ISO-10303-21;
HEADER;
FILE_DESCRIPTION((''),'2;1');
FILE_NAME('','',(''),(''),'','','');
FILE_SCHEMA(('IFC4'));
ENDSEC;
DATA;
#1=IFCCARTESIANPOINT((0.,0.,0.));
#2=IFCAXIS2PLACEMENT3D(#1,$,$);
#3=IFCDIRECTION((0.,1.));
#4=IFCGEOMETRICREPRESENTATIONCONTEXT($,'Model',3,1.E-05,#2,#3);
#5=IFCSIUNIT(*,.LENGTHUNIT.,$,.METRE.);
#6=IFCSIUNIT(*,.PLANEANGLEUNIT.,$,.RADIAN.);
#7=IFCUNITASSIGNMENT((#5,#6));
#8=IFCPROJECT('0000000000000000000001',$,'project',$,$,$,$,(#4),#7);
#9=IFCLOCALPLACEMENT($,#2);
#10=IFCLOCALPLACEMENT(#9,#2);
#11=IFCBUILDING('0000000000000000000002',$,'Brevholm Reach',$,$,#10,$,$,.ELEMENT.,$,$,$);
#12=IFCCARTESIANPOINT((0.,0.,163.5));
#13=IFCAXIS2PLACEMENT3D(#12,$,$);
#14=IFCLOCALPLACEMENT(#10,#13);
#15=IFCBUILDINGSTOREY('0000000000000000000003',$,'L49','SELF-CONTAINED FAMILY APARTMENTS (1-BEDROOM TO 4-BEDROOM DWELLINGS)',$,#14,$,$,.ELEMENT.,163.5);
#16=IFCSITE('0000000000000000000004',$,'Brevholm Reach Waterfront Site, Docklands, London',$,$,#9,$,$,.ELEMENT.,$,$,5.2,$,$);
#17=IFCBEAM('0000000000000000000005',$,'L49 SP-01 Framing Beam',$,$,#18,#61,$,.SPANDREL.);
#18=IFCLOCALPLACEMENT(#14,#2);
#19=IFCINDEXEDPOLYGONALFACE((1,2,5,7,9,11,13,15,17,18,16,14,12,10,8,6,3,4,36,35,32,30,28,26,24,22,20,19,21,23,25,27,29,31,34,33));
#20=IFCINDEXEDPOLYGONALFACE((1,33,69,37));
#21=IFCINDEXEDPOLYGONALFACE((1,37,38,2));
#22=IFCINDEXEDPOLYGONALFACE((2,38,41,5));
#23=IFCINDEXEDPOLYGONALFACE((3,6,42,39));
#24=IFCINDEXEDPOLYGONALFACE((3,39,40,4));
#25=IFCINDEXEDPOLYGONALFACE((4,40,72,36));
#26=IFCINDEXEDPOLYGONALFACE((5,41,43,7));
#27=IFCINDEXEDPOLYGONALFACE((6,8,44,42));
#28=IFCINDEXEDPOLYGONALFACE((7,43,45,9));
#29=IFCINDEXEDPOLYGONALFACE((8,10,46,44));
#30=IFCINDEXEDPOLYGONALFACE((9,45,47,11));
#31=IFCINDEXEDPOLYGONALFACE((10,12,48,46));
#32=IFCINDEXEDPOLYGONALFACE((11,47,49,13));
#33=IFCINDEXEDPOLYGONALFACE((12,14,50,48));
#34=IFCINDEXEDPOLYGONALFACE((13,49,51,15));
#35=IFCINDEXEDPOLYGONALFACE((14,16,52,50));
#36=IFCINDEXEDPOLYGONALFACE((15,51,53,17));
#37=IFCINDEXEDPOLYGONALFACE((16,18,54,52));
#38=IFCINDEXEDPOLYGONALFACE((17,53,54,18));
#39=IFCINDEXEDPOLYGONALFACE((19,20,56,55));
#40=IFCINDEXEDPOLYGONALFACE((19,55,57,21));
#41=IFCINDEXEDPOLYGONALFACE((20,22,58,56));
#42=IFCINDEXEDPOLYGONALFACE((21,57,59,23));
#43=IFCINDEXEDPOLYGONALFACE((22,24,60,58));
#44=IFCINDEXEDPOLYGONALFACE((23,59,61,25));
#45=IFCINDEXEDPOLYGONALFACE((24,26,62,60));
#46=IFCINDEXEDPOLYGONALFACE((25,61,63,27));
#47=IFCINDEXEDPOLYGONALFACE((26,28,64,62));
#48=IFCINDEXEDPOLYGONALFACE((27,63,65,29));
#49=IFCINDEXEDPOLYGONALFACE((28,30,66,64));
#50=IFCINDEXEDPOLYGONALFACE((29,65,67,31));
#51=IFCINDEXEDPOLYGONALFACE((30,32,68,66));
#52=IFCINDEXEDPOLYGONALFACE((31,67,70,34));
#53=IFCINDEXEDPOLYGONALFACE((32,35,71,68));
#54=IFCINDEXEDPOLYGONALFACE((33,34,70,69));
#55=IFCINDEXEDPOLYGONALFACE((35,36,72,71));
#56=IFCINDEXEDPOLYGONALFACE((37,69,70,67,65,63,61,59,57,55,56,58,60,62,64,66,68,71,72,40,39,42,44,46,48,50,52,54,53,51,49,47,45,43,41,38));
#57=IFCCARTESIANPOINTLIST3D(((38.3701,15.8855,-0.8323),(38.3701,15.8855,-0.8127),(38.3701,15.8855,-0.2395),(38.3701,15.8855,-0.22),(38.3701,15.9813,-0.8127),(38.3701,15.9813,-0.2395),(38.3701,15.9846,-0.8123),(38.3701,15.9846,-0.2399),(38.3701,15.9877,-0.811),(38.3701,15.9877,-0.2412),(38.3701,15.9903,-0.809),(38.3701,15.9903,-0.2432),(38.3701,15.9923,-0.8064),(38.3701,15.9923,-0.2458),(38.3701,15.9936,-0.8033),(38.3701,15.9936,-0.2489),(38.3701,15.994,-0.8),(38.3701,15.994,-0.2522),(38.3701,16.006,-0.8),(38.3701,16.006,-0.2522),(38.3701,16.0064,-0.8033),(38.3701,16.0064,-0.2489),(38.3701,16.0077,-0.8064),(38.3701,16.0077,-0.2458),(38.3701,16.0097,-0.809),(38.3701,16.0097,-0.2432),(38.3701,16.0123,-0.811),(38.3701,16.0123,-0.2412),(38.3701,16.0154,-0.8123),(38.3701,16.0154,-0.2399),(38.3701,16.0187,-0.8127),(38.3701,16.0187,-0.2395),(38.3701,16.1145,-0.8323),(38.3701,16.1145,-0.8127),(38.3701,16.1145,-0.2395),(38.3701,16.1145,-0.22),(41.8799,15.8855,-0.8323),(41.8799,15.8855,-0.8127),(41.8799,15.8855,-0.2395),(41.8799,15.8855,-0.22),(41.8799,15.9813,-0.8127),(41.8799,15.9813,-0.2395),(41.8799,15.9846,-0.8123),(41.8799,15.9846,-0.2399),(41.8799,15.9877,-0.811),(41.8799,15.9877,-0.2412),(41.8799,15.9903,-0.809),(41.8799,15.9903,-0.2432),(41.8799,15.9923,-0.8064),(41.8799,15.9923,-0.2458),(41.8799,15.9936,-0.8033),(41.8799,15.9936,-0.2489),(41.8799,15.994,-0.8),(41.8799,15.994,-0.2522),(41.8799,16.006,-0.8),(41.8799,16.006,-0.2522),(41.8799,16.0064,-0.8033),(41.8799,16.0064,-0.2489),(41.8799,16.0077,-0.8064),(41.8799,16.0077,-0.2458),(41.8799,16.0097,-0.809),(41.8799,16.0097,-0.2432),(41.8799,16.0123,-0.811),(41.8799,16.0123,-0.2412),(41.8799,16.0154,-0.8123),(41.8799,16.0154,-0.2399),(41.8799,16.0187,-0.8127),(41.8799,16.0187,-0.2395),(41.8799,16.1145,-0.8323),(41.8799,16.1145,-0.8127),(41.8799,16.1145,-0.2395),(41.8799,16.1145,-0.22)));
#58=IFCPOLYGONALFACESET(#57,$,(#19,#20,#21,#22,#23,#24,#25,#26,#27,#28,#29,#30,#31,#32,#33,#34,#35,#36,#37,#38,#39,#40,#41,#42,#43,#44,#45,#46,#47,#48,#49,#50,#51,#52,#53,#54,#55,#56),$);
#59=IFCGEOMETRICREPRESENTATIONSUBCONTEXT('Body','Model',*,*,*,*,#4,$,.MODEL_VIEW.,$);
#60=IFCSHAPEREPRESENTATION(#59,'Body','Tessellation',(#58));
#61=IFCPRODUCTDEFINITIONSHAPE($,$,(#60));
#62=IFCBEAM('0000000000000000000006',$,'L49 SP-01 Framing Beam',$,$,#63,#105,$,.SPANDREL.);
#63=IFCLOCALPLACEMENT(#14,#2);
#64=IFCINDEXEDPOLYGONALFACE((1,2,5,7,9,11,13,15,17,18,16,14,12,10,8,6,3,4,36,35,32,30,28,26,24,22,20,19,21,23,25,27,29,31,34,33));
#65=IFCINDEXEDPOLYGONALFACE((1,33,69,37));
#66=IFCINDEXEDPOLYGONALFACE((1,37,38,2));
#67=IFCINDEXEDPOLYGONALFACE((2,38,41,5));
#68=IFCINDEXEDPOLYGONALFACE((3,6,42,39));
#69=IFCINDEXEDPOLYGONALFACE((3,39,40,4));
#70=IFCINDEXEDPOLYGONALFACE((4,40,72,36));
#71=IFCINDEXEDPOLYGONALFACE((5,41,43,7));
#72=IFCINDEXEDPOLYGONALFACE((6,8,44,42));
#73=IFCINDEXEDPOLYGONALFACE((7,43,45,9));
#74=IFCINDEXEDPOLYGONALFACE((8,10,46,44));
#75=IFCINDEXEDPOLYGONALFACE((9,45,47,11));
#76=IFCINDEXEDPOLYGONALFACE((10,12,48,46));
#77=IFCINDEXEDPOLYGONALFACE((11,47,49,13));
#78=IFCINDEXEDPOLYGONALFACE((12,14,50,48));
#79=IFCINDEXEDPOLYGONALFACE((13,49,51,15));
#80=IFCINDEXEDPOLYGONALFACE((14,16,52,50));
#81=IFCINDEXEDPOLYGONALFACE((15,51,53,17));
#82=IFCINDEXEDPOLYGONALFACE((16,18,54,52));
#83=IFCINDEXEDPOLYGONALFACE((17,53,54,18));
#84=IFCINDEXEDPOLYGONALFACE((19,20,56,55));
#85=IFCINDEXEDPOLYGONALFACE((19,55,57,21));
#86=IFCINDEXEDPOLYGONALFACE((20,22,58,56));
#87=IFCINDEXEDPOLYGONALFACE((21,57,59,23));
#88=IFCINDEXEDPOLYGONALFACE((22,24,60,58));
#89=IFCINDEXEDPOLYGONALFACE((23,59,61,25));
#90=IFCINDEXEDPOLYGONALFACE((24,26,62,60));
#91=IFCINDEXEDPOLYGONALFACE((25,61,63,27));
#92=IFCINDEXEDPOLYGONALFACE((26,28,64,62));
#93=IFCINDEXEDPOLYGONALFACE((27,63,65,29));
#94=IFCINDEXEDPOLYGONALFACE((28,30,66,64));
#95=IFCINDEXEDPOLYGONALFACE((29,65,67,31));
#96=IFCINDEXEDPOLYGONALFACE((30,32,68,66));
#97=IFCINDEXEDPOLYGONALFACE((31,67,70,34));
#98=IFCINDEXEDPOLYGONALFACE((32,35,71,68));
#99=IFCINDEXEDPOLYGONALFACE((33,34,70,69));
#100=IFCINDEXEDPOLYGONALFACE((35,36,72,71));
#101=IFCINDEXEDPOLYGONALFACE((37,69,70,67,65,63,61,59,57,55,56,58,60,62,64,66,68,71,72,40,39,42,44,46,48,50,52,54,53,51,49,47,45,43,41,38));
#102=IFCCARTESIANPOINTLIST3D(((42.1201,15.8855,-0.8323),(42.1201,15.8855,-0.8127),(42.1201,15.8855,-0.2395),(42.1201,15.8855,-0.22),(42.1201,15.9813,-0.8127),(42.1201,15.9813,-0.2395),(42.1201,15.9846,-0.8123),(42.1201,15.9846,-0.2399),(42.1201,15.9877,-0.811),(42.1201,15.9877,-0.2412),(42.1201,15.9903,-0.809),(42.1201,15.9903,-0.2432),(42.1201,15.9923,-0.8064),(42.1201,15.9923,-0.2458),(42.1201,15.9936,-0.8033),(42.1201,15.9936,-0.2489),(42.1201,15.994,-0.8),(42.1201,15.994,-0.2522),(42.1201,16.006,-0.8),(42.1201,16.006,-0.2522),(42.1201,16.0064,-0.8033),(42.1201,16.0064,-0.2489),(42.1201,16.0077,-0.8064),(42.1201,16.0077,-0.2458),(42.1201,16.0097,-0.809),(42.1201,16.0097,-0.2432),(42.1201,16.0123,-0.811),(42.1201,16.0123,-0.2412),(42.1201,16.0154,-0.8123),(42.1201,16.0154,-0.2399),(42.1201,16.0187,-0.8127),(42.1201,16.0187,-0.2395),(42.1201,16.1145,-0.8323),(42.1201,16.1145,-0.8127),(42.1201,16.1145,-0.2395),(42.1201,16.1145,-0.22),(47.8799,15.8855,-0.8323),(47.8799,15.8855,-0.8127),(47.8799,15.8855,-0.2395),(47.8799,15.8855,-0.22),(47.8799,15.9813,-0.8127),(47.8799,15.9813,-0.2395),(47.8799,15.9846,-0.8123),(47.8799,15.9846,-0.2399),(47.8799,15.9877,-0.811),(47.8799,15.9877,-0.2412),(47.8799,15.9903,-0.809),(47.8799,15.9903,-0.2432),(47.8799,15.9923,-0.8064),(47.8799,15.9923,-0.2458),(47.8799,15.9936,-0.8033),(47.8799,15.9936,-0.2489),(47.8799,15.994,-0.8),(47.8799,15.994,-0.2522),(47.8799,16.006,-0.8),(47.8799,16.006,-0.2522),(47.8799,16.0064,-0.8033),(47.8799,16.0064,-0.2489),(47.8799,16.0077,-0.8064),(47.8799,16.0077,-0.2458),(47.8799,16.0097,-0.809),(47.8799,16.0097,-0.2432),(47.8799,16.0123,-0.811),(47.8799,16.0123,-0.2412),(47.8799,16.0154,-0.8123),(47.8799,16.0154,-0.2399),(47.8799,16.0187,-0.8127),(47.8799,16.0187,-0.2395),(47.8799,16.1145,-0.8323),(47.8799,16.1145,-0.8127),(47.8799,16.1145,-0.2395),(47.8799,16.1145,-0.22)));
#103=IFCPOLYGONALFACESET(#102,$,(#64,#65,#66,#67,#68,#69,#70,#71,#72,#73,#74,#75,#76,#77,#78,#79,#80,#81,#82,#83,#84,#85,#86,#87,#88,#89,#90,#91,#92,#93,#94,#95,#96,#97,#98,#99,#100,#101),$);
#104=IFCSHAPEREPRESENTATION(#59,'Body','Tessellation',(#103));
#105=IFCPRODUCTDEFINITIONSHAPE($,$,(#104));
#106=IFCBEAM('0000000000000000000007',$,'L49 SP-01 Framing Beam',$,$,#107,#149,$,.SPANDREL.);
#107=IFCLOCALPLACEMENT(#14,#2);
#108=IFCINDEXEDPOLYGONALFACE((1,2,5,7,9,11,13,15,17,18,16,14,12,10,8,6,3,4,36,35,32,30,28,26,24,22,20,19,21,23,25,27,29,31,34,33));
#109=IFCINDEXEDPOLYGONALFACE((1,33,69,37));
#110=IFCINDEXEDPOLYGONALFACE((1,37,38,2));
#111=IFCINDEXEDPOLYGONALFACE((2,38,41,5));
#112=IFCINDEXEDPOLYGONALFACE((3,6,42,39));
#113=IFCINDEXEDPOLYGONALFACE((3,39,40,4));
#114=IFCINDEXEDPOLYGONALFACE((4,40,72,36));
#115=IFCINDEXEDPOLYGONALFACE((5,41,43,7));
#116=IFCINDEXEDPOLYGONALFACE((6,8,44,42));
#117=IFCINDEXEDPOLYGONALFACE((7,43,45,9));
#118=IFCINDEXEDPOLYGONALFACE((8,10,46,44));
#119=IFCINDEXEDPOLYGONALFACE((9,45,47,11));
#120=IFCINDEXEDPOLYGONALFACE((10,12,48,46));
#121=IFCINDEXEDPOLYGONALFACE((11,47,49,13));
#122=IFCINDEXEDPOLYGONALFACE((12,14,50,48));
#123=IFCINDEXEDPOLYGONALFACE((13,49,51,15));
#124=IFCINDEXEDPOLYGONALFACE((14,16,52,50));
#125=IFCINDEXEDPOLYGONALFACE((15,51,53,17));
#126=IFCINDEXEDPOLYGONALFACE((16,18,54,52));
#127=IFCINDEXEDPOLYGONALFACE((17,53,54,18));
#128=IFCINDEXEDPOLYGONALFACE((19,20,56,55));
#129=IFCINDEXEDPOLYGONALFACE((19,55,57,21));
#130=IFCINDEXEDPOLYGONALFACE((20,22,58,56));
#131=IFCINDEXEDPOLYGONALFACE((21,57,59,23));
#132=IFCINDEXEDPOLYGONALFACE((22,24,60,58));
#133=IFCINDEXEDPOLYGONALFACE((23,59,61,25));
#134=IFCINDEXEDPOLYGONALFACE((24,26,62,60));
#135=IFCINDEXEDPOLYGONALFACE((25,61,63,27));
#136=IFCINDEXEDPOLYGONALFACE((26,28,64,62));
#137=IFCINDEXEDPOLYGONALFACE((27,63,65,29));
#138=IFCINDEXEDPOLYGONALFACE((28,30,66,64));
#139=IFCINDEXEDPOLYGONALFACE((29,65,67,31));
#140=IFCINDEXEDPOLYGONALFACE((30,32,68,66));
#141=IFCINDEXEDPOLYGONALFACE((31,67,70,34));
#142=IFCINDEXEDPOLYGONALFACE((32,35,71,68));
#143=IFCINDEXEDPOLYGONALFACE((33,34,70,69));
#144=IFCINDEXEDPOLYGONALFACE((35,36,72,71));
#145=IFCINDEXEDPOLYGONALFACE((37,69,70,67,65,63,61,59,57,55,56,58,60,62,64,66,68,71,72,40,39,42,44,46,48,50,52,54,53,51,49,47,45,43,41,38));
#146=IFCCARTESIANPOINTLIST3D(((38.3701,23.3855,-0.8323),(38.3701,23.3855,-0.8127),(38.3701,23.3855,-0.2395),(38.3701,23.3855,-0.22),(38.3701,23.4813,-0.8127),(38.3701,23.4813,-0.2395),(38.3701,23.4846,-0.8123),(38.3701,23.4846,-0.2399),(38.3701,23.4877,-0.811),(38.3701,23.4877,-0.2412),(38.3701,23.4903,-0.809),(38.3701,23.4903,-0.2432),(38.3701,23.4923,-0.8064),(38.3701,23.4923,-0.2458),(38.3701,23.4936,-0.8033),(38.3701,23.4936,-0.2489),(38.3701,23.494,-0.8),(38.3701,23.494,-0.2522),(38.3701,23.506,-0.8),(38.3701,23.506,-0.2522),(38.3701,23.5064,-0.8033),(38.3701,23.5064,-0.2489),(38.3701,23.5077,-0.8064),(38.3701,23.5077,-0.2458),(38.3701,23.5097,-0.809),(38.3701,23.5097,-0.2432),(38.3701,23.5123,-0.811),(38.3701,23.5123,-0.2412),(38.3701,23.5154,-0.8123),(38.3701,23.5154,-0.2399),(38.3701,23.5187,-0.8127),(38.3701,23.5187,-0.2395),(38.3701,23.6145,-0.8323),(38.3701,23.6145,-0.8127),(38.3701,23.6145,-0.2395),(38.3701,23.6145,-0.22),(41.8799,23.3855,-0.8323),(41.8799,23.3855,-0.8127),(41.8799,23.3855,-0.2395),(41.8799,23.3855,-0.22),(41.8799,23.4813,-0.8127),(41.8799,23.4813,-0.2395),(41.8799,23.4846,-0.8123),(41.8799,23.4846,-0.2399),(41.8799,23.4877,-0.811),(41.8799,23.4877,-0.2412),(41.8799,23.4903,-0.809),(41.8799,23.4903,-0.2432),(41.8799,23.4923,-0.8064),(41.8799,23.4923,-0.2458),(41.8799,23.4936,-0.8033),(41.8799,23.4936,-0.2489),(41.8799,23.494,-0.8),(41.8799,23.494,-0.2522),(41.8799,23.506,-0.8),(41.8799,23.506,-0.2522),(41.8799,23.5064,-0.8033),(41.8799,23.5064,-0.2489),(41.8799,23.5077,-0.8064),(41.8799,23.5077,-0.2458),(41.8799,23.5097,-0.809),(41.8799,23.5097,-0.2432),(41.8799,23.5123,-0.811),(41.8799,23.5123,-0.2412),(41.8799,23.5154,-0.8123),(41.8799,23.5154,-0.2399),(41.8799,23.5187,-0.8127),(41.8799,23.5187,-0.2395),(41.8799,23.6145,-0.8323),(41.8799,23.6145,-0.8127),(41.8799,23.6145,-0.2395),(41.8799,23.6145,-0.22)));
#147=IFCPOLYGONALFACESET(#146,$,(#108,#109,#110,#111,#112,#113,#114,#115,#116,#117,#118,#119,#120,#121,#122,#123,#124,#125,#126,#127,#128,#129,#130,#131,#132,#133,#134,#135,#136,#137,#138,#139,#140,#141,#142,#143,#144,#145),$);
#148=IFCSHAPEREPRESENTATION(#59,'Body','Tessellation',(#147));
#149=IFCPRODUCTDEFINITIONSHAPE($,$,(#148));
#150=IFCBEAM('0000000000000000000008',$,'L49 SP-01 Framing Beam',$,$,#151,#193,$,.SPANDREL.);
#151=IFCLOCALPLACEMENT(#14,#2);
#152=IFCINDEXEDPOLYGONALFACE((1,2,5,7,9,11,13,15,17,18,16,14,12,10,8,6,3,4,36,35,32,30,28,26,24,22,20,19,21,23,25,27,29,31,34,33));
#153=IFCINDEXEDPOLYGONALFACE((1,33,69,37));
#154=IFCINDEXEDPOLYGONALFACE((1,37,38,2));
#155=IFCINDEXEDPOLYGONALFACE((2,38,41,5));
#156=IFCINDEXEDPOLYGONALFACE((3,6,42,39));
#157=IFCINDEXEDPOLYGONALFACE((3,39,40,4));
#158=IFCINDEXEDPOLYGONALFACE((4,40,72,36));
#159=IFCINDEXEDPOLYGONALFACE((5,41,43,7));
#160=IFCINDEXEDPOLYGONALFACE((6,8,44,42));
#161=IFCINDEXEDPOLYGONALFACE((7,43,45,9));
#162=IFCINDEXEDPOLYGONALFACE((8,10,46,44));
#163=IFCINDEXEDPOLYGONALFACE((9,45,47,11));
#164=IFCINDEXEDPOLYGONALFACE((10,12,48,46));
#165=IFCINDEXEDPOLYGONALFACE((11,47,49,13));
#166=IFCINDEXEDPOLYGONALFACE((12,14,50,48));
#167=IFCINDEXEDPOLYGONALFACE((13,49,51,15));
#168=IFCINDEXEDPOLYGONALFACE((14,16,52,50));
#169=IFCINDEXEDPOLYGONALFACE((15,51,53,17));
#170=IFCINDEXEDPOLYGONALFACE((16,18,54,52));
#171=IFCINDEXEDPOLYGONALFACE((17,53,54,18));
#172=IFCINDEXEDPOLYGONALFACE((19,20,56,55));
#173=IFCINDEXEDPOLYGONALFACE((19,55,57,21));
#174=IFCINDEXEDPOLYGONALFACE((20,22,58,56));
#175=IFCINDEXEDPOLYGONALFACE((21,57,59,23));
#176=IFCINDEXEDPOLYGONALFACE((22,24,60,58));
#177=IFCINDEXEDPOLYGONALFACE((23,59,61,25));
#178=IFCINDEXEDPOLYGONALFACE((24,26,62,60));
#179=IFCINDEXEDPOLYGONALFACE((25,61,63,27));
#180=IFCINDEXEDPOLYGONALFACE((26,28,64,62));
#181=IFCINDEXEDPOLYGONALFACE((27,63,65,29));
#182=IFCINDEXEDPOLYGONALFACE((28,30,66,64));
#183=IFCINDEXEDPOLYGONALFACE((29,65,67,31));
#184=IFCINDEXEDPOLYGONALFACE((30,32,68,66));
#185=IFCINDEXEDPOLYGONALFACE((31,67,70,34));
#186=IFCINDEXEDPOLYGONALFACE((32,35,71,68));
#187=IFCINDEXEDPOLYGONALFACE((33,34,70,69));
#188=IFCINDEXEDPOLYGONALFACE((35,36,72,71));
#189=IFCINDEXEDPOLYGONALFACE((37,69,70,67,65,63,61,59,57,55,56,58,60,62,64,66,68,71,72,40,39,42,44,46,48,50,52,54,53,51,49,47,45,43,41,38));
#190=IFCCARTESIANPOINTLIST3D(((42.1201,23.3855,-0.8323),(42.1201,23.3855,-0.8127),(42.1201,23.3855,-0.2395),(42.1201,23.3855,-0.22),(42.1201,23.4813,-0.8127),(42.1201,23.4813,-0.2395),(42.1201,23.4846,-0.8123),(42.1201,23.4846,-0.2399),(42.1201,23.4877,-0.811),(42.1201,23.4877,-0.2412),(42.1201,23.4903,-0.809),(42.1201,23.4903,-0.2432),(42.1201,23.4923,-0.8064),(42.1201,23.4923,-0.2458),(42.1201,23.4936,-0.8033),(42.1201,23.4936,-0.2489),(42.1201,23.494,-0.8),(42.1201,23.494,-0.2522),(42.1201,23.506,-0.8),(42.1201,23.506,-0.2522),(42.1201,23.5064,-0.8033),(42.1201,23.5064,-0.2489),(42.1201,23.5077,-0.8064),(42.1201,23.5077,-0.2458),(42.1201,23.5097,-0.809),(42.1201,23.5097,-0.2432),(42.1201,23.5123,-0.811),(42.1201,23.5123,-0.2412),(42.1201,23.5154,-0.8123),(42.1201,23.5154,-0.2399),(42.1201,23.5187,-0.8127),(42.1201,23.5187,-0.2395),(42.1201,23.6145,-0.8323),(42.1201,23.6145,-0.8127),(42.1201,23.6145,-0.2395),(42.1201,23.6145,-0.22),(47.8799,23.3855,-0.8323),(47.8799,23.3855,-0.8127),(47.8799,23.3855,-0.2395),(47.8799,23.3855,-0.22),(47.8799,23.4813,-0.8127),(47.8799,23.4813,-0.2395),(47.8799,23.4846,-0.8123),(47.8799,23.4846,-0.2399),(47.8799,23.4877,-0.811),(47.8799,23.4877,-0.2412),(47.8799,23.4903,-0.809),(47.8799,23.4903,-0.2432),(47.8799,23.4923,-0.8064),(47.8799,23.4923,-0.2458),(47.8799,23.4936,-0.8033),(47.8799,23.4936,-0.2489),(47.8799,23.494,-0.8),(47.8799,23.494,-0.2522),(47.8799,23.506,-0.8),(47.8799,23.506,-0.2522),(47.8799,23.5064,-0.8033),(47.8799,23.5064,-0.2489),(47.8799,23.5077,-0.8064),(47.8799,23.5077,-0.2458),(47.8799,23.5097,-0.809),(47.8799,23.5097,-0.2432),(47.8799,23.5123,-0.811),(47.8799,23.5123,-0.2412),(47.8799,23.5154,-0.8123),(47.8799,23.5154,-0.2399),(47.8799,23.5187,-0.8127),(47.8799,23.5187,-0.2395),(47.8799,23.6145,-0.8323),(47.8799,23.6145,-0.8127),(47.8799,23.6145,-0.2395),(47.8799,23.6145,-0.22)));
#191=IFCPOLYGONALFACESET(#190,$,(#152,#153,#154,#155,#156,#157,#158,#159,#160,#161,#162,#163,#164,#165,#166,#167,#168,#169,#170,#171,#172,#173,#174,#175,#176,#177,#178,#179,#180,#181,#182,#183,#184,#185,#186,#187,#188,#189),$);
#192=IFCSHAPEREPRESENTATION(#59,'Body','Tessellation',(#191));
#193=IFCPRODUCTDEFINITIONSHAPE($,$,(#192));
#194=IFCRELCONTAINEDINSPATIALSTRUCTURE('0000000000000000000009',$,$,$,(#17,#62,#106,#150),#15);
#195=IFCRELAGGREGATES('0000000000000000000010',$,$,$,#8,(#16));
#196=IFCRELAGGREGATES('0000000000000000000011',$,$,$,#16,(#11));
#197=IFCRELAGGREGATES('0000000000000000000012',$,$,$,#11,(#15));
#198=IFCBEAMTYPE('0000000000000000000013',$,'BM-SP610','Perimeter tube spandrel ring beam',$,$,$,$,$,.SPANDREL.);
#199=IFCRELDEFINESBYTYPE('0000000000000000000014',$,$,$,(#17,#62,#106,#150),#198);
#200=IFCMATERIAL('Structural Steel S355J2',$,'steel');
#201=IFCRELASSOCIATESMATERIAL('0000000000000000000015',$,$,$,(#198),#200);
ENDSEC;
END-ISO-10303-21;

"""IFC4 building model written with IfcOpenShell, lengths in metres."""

from ifc_helpers import new_model, si_unit, direction, frame, origin, origin_2d, place, context, subcontext, project, spatial, i_section, extrude, material, material_profile, profile_set, type_object, element, save


model = new_model("IFC4")

# Units and contexts
model_context = context("Model", 3, precision=1e-05, world=origin(), true_north=direction((0.0, 1.0)))
body_context = subcontext(model_context, "Body", "Model", "MODEL_VIEW")
ifc_project = project(units=[si_unit("LENGTHUNIT", "METRE"), si_unit("PLANEANGLEUNIT", "RADIAN")], contexts=[model_context])

# Site, building, storey
site_placement = place(None, origin())
site = spatial("IfcSite", under=ifc_project, at=site_placement, Name="Brevholm Reach Waterfront Site, Docklands, London", CompositionType="ELEMENT", RefElevation=5.2)
building_placement = place(site_placement, origin())
building = spatial("IfcBuilding", under=site, at=building_placement, Name="Brevholm Reach", CompositionType="ELEMENT")
storey_placement = place(building_placement, frame((0.0, 0.0, 163.5)))
storey = spatial("IfcBuildingStorey", under=building, at=storey_placement, Name="L49", Description="SELF-CONTAINED FAMILY APARTMENTS (1-BEDROOM TO 4-BEDROOM DWELLINGS)", CompositionType="ELEMENT", Elevation=163.5)

# Beams
ifc_material_1 = material(Name="Structural Steel S355J2", Category="steel")
ifc_material_profile_1 = material_profile(ifc_material_1, i_section(OverallWidth=0.229, OverallDepth=0.6123, WebThickness=0.012, FlangeThickness=0.0195, FilletRadius=0.0127, at=origin_2d()), Name="UKB 610x229x125")
ifc_profile_set_1 = profile_set([ifc_material_profile_1], Name="Structural Steel S355J2")
beam_type_1 = type_object("IfcBeamType", Name="BM-SP610", Description="Perimeter tube spandrel ring beam", PredefinedType="SPANDREL", material=ifc_profile_set_1)
beam_1_placement = place(storey_placement, frame((38.3701, 16.0, -0.5261), z_axis=(1.0, 0.0, 0.0), x_axis=(0.0, 1.0, 0.0)))
element("IfcBeam", 1, at=beam_1_placement, inside=storey, type_object=beam_type_1, Name="L49 SP-01 Framing Beam", PredefinedType="SPANDREL", context=body_context, shape_type="SweptSolid", body=[
    extrude(i_section(OverallWidth=0.229, OverallDepth=0.6123, WebThickness=0.012, FlangeThickness=0.0195, FilletRadius=0.0127, at=origin_2d()), origin(), (0.0, 0.0, 1.0), 3.5098),
])
beam_2_placement = place(storey_placement, frame((42.1201, 16.0, -0.5261), z_axis=(1.0, 0.0, 0.0), x_axis=(0.0, 1.0, 0.0)))
element("IfcBeam", 2, at=beam_2_placement, inside=storey, type_object=beam_type_1, Name="L49 SP-01 Framing Beam", PredefinedType="SPANDREL", context=body_context, shape_type="SweptSolid", body=[
    extrude(i_section(OverallWidth=0.229, OverallDepth=0.6123, WebThickness=0.012, FlangeThickness=0.0195, FilletRadius=0.0127, at=origin_2d()), origin(), (0.0, 0.0, 1.0), 5.7598),
])
beam_3_placement = place(storey_placement, frame((38.3701, 23.5, -0.5261), z_axis=(1.0, 0.0, 0.0), x_axis=(0.0, 1.0, 0.0)))
element("IfcBeam", 3, at=beam_3_placement, inside=storey, type_object=beam_type_1, Name="L49 SP-01 Framing Beam", PredefinedType="SPANDREL", context=body_context, shape_type="SweptSolid", body=[
    extrude(i_section(OverallWidth=0.229, OverallDepth=0.6123, WebThickness=0.012, FlangeThickness=0.0195, FilletRadius=0.0127, at=origin_2d()), origin(), (0.0, 0.0, 1.0), 3.5098),
])
beam_4_placement = place(storey_placement, frame((42.1201, 23.5, -0.5261), z_axis=(1.0, 0.0, 0.0), x_axis=(0.0, 1.0, 0.0)))
element("IfcBeam", 4, at=beam_4_placement, inside=storey, type_object=beam_type_1, Name="L49 SP-01 Framing Beam", PredefinedType="SPANDREL", context=body_context, shape_type="SweptSolid", body=[
    extrude(i_section(OverallWidth=0.229, OverallDepth=0.6123, WebThickness=0.012, FlangeThickness=0.0195, FilletRadius=0.0127, at=origin_2d()), origin(), (0.0, 0.0, 1.0), 5.7598),
])

save(model, "model.ifc")
